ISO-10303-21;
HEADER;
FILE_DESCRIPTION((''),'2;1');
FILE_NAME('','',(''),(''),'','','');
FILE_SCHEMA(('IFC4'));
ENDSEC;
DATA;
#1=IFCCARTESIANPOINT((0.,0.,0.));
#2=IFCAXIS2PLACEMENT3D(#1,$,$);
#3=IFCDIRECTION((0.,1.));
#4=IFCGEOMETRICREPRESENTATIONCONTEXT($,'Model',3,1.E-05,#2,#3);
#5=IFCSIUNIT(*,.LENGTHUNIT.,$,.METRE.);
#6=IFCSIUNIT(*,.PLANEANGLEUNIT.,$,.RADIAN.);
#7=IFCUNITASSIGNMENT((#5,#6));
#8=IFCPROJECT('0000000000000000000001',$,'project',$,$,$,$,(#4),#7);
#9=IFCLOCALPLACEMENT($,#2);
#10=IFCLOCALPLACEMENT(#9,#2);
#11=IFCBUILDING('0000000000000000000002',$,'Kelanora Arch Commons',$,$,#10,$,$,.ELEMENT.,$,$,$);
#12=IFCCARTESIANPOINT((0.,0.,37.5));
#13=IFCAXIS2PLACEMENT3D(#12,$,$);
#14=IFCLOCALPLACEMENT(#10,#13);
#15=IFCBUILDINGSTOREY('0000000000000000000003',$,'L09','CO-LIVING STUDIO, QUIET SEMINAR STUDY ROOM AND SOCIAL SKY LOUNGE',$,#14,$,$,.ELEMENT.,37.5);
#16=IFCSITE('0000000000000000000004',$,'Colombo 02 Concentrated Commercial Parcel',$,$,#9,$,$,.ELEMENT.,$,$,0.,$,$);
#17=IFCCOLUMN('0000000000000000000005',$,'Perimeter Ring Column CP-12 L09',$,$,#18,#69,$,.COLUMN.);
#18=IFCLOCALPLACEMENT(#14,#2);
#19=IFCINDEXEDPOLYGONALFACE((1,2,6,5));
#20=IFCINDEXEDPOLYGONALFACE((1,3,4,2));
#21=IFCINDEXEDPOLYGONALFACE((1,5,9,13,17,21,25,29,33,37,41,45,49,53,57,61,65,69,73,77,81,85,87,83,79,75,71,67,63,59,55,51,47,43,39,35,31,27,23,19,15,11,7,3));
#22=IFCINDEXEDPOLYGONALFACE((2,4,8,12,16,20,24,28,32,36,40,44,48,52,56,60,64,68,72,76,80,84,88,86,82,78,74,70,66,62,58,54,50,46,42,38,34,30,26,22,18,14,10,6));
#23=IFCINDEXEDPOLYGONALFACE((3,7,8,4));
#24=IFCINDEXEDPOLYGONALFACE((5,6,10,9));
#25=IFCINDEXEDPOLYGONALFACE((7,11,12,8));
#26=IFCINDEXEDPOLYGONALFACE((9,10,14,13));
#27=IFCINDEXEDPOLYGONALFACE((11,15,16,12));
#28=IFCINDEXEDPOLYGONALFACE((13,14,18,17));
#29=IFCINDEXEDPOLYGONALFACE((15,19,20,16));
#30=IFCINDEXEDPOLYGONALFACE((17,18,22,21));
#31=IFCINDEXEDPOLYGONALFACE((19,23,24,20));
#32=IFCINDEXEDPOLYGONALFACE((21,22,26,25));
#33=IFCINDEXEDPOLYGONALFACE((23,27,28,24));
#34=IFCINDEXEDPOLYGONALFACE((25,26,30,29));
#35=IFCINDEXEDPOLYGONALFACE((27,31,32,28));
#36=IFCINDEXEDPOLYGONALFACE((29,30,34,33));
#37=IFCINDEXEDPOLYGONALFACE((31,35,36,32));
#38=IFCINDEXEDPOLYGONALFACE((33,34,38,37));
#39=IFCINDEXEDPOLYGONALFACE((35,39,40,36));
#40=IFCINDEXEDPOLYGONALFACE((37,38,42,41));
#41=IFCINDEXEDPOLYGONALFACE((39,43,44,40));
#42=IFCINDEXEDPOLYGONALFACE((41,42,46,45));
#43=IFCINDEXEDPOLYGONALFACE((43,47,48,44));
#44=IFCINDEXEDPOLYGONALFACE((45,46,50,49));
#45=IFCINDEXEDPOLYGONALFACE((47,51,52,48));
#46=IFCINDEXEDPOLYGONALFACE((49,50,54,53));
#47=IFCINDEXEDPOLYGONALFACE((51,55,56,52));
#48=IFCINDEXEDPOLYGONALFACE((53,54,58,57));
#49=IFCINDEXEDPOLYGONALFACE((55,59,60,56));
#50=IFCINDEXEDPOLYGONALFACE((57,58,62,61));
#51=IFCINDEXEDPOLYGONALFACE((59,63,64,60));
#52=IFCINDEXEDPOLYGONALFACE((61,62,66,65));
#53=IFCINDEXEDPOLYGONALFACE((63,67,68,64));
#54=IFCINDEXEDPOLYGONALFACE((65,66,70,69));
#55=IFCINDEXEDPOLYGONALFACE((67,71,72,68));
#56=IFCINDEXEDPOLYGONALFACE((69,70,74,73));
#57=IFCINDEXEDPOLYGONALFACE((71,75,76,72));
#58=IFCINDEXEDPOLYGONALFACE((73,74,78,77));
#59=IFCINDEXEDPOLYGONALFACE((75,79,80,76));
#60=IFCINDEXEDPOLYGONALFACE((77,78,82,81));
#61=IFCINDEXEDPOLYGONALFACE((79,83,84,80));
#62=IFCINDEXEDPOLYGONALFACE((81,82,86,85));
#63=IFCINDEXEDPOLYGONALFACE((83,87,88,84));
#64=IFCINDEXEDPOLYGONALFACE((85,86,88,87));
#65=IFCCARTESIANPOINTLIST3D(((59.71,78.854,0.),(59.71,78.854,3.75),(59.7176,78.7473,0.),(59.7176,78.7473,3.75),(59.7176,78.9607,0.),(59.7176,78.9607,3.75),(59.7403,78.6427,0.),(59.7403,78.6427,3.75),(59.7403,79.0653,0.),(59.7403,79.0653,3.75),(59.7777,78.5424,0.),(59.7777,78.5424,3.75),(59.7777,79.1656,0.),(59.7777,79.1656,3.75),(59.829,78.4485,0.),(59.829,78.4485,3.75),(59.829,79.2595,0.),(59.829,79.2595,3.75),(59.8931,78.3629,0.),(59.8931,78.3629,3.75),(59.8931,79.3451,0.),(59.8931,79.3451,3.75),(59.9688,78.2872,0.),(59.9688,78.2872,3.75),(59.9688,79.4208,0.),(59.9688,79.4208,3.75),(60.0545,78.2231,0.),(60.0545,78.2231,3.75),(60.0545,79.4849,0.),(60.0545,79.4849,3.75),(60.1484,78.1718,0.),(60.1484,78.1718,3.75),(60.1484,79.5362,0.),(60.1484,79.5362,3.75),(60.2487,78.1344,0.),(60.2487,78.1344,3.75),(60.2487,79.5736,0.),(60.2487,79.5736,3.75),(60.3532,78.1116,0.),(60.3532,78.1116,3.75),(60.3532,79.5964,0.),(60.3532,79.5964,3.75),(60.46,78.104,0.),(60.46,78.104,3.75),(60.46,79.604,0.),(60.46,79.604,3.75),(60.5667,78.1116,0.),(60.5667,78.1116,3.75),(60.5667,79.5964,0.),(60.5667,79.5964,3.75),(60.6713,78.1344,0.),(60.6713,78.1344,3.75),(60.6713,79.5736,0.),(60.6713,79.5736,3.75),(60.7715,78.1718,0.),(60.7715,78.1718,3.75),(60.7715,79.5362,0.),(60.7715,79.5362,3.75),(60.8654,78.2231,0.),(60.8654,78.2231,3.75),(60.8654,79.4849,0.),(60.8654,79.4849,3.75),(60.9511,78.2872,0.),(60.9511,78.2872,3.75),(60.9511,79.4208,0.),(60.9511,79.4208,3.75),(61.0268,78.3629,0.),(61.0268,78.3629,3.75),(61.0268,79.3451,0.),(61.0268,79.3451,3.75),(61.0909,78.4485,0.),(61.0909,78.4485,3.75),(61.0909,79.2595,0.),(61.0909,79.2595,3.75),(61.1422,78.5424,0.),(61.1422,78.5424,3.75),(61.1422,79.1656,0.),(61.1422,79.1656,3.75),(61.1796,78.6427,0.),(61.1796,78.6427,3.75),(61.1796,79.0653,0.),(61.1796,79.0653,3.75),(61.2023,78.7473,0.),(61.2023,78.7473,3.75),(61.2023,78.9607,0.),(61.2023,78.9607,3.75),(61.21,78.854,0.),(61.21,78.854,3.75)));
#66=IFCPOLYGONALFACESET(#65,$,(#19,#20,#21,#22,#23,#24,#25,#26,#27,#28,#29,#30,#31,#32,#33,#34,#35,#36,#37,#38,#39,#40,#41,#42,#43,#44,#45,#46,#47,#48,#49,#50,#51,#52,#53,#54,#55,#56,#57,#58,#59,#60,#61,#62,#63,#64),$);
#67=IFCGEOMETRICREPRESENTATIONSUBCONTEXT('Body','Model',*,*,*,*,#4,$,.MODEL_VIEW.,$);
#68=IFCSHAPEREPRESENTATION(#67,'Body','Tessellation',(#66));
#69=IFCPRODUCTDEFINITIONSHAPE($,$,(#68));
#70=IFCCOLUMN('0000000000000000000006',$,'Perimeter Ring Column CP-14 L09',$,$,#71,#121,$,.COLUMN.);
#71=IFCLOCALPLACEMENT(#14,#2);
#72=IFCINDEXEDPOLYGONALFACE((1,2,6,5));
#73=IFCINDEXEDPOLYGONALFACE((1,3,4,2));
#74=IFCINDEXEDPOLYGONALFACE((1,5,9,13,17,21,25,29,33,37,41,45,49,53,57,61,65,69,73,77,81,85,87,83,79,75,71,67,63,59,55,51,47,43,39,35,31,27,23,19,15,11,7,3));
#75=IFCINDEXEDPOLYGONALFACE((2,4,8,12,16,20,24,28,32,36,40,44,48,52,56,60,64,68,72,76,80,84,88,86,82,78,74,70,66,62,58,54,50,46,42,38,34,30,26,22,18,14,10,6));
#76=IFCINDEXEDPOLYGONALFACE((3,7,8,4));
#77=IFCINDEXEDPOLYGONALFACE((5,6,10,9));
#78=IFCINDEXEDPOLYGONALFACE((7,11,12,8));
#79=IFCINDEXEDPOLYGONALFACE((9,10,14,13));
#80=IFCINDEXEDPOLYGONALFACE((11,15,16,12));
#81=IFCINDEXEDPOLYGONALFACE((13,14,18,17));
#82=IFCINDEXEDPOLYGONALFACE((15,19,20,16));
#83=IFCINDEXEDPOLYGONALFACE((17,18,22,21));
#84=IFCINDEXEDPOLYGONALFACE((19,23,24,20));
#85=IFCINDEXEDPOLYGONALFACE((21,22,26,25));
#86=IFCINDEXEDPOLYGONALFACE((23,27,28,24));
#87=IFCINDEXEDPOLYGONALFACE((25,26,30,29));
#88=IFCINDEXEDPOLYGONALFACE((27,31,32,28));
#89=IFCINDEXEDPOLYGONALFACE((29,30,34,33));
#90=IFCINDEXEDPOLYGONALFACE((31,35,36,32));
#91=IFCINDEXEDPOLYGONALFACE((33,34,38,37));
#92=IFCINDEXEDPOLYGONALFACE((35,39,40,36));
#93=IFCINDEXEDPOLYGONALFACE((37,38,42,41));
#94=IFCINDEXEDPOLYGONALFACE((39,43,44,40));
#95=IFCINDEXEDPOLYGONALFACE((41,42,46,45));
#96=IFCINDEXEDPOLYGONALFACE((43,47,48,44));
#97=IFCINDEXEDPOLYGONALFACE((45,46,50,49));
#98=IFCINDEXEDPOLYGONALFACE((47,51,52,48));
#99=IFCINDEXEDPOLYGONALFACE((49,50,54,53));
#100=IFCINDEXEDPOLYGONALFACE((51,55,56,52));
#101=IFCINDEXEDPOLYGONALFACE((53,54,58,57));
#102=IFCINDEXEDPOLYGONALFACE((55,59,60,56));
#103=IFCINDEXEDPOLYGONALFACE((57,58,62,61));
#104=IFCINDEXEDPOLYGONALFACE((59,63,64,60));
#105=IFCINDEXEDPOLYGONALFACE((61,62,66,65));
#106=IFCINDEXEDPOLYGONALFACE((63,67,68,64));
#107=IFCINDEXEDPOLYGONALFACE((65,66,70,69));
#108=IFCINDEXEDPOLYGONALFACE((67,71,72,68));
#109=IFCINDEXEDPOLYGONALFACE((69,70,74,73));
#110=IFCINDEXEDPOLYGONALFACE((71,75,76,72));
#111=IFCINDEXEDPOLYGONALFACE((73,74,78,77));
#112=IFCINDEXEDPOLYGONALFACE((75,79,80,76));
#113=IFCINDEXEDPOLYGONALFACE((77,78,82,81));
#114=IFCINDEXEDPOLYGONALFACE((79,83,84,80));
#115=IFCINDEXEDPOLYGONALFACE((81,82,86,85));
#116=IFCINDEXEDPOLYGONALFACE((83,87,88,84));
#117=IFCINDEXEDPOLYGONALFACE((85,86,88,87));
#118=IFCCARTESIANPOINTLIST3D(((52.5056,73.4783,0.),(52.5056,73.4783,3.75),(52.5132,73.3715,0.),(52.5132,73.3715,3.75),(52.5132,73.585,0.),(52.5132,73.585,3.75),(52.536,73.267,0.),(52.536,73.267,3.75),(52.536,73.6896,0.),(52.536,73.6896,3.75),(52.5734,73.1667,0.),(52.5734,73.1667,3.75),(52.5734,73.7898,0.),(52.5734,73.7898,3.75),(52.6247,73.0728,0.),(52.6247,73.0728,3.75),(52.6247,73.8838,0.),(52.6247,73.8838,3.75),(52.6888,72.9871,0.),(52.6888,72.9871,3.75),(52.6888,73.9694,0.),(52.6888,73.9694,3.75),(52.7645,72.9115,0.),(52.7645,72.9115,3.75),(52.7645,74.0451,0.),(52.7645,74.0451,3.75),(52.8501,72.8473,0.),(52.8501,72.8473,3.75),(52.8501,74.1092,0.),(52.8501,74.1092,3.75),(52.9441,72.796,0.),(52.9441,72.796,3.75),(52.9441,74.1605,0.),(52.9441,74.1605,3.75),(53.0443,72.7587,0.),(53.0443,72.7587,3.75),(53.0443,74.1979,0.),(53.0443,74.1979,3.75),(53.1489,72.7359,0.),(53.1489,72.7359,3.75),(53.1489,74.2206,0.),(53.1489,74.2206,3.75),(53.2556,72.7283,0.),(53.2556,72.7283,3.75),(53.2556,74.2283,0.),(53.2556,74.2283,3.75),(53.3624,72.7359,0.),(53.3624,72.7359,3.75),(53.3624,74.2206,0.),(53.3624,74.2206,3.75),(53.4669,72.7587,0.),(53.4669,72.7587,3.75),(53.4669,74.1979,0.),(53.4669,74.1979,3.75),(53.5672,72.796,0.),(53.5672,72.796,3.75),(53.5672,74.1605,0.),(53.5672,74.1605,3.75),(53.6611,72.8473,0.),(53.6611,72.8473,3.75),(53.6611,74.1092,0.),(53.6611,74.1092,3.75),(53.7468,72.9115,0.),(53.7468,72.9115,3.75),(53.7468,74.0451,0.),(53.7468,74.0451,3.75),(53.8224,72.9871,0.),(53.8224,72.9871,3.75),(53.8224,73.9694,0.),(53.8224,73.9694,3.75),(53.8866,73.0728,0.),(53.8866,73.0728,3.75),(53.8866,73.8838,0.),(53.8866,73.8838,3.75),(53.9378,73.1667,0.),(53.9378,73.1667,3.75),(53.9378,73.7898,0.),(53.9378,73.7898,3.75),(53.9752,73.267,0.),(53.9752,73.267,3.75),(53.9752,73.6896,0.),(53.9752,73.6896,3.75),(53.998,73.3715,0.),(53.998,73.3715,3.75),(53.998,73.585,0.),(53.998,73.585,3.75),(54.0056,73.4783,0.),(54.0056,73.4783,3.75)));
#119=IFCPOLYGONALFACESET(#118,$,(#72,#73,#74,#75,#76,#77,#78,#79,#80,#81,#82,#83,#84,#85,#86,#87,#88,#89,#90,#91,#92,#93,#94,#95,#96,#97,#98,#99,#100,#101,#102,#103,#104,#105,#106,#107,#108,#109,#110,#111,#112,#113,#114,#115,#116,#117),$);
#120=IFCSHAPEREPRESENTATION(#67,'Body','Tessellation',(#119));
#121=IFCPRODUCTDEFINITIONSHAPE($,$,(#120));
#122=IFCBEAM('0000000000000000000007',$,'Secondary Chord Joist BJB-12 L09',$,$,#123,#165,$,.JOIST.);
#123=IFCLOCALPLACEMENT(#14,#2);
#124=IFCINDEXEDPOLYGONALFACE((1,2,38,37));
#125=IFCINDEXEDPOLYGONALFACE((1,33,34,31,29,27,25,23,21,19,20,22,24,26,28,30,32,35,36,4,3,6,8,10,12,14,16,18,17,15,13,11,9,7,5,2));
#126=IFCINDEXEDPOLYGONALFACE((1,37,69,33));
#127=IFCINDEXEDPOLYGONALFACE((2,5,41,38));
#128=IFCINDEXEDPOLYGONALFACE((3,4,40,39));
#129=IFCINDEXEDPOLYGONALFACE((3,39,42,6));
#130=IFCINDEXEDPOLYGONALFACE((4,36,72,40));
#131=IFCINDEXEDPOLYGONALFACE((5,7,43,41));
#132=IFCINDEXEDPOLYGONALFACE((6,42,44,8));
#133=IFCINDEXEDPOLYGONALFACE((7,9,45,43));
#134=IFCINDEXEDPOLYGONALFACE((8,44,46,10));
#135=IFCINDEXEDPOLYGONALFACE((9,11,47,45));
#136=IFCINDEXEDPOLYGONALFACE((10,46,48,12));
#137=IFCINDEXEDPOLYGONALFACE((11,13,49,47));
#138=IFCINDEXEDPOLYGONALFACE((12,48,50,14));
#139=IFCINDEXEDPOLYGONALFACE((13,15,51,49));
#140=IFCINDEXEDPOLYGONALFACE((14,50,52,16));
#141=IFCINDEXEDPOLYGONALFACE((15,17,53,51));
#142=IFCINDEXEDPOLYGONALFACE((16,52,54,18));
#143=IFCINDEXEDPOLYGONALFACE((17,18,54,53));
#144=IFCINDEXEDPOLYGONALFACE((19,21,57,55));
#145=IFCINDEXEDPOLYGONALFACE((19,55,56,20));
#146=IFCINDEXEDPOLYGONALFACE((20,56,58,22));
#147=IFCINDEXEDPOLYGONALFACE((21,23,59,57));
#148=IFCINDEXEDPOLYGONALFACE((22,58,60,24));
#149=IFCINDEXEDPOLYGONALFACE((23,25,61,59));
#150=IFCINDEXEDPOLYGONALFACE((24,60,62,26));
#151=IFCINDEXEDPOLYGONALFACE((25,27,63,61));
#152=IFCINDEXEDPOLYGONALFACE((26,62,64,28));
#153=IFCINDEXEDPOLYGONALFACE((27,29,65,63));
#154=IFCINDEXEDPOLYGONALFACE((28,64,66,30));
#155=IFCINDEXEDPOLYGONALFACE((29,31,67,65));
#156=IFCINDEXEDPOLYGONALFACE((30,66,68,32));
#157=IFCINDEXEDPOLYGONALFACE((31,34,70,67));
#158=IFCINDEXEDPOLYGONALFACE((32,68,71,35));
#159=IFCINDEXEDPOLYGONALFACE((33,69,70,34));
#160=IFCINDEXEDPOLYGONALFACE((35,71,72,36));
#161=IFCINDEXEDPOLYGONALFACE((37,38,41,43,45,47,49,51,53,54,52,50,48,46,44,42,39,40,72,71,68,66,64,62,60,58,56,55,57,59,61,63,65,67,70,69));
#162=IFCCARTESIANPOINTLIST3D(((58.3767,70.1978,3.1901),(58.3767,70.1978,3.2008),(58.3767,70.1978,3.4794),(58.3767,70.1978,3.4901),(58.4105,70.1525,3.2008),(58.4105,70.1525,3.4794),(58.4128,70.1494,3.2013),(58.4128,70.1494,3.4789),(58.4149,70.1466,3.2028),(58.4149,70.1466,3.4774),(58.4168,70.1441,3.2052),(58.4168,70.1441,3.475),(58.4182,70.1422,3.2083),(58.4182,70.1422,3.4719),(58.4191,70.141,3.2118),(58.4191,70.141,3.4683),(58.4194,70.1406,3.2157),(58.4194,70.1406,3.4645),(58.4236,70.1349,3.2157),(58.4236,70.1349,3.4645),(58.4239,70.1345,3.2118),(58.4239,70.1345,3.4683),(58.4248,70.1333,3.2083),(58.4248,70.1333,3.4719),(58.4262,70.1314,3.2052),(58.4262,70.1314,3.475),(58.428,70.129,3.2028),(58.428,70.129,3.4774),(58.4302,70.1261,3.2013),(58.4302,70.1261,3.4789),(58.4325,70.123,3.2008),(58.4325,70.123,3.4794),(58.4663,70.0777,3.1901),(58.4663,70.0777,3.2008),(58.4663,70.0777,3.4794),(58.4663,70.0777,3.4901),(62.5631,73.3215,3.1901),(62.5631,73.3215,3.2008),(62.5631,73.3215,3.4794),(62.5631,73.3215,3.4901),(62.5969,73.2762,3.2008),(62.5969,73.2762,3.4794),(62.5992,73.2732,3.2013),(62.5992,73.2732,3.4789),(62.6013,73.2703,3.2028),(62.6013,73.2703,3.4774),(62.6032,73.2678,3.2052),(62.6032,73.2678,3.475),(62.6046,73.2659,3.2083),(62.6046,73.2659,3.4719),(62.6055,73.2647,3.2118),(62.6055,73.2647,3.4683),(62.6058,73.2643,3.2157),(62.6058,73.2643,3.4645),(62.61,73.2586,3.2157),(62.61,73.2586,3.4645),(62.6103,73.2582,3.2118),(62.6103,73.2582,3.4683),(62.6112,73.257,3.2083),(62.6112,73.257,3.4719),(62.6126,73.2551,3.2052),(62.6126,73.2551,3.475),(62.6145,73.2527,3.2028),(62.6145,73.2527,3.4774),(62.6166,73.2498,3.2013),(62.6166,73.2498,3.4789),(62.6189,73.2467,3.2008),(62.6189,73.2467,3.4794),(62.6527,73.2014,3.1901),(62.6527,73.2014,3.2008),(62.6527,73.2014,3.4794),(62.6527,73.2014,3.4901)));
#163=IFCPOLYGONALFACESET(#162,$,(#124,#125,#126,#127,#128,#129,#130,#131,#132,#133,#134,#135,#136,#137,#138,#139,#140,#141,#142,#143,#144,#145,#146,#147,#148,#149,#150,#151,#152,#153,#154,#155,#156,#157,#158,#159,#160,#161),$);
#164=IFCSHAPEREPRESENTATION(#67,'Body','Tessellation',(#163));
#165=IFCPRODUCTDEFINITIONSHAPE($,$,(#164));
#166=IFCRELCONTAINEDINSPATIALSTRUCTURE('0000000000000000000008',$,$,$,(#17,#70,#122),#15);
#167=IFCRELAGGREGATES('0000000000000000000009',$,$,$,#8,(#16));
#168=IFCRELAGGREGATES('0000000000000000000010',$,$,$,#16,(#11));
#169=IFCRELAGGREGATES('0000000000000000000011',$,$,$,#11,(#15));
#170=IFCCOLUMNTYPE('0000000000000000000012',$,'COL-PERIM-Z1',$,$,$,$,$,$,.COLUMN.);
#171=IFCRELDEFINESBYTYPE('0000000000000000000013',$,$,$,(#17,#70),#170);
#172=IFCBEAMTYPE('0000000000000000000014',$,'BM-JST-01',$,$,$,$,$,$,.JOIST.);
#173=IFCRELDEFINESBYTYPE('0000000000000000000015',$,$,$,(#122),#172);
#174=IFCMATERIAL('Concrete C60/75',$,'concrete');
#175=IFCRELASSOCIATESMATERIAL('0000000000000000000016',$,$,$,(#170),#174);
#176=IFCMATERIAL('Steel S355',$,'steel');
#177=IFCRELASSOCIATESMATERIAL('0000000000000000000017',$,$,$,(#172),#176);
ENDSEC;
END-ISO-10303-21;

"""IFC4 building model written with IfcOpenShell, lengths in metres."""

from ifc_helpers import new_model, si_unit, direction, frame, origin, origin_2d, place, context, subcontext, project, spatial, circle, i_section, extrude, material, material_profile, profile_set, type_object, element, save


model = new_model("IFC4")

# Units and contexts
model_context = context("Model", 3, precision=1e-05, world=origin(), true_north=direction((0.0, 1.0)))
body_context = subcontext(model_context, "Body", "Model", "MODEL_VIEW")
ifc_project = project(units=[si_unit("LENGTHUNIT", "METRE"), si_unit("PLANEANGLEUNIT", "RADIAN")], contexts=[model_context])

# Site, building, storey
site_placement = place(None, origin())
site = spatial("IfcSite", under=ifc_project, at=site_placement, Name="Colombo 02 Concentrated Commercial Parcel", CompositionType="ELEMENT", RefElevation=0.0)
building_placement = place(site_placement, origin())
building = spatial("IfcBuilding", under=site, at=building_placement, Name="Kelanora Arch Commons", CompositionType="ELEMENT")
storey_placement = place(building_placement, frame((0.0, 0.0, 37.5)))
storey = spatial("IfcBuildingStorey", under=building, at=storey_placement, Name="L09", Description="CO-LIVING STUDIO, QUIET SEMINAR STUDY ROOM AND SOCIAL SKY LOUNGE", CompositionType="ELEMENT", Elevation=37.5)

# Columns
ifc_material_1 = material(Name="Concrete C60/75", Category="concrete")
ifc_material_profile_1 = material_profile(ifc_material_1, circle(Radius=0.75, at=origin_2d()), Name="RCC1500")
ifc_profile_set_1 = profile_set([ifc_material_profile_1], Name="Concrete C60/75")
column_type = type_object("IfcColumnType", Name="COL-PERIM-Z1", PredefinedType="COLUMN", material=ifc_profile_set_1)
for number, where, z_axis, x_axis, name in (
    (1, (60.46, 78.854, 0.0), (0.0, 0.0, 1.0), (1.0, 0.0, 0.0), "Perimeter Ring Column CP-12 L09"),
    (2, (53.2556, 73.4783, 0.0), (0.0, 0.0, 1.0), (1.0, 0.0, 0.0), "Perimeter Ring Column CP-14 L09"),
):
    element("IfcColumn", number, at=place(storey_placement, frame(where, z_axis=z_axis, x_axis=x_axis)), inside=storey, type_object=column_type, Name=name, PredefinedType="COLUMN", context=body_context, shape_type="SweptSolid", body=[
        extrude(circle(Radius=0.75, at=origin_2d()), origin(), (0.0, 0.0, 1.0), 3.75),
    ])

# Beam
ifc_material_2 = material(Name="Steel S355", Category="steel")
ifc_material_profile_2 = material_profile(ifc_material_2, i_section(OverallWidth=0.1499, OverallDepth=0.3, WebThickness=0.0071, FlangeThickness=0.0107, FilletRadius=0.0149, at=origin_2d()), Name="IPE300")
ifc_profile_set_2 = profile_set([ifc_material_profile_2], Name="Steel S355")
beam_type_1 = type_object("IfcBeamType", Name="BM-JST-01", PredefinedType="JOIST", material=ifc_profile_set_2)
beam_1_placement = place(storey_placement, frame((62.6079, 73.2615, 3.3401), z_axis=(-0.801478, -0.598024, 0.0), x_axis=(0.598024, -0.801478, 0.0)))
element("IfcBeam", 3, at=beam_1_placement, inside=storey, type_object=beam_type_1, Name="Secondary Chord Joist BJB-12 L09", PredefinedType="JOIST", context=body_context, shape_type="SweptSolid", body=[
    extrude(i_section(OverallWidth=0.1499, OverallDepth=0.3, WebThickness=0.0071, FlangeThickness=0.0107, FilletRadius=0.0149, at=origin_2d()), origin(), (0.0, 0.0, 1.0), 5.2234),
])

save(model, "model.ifc")
